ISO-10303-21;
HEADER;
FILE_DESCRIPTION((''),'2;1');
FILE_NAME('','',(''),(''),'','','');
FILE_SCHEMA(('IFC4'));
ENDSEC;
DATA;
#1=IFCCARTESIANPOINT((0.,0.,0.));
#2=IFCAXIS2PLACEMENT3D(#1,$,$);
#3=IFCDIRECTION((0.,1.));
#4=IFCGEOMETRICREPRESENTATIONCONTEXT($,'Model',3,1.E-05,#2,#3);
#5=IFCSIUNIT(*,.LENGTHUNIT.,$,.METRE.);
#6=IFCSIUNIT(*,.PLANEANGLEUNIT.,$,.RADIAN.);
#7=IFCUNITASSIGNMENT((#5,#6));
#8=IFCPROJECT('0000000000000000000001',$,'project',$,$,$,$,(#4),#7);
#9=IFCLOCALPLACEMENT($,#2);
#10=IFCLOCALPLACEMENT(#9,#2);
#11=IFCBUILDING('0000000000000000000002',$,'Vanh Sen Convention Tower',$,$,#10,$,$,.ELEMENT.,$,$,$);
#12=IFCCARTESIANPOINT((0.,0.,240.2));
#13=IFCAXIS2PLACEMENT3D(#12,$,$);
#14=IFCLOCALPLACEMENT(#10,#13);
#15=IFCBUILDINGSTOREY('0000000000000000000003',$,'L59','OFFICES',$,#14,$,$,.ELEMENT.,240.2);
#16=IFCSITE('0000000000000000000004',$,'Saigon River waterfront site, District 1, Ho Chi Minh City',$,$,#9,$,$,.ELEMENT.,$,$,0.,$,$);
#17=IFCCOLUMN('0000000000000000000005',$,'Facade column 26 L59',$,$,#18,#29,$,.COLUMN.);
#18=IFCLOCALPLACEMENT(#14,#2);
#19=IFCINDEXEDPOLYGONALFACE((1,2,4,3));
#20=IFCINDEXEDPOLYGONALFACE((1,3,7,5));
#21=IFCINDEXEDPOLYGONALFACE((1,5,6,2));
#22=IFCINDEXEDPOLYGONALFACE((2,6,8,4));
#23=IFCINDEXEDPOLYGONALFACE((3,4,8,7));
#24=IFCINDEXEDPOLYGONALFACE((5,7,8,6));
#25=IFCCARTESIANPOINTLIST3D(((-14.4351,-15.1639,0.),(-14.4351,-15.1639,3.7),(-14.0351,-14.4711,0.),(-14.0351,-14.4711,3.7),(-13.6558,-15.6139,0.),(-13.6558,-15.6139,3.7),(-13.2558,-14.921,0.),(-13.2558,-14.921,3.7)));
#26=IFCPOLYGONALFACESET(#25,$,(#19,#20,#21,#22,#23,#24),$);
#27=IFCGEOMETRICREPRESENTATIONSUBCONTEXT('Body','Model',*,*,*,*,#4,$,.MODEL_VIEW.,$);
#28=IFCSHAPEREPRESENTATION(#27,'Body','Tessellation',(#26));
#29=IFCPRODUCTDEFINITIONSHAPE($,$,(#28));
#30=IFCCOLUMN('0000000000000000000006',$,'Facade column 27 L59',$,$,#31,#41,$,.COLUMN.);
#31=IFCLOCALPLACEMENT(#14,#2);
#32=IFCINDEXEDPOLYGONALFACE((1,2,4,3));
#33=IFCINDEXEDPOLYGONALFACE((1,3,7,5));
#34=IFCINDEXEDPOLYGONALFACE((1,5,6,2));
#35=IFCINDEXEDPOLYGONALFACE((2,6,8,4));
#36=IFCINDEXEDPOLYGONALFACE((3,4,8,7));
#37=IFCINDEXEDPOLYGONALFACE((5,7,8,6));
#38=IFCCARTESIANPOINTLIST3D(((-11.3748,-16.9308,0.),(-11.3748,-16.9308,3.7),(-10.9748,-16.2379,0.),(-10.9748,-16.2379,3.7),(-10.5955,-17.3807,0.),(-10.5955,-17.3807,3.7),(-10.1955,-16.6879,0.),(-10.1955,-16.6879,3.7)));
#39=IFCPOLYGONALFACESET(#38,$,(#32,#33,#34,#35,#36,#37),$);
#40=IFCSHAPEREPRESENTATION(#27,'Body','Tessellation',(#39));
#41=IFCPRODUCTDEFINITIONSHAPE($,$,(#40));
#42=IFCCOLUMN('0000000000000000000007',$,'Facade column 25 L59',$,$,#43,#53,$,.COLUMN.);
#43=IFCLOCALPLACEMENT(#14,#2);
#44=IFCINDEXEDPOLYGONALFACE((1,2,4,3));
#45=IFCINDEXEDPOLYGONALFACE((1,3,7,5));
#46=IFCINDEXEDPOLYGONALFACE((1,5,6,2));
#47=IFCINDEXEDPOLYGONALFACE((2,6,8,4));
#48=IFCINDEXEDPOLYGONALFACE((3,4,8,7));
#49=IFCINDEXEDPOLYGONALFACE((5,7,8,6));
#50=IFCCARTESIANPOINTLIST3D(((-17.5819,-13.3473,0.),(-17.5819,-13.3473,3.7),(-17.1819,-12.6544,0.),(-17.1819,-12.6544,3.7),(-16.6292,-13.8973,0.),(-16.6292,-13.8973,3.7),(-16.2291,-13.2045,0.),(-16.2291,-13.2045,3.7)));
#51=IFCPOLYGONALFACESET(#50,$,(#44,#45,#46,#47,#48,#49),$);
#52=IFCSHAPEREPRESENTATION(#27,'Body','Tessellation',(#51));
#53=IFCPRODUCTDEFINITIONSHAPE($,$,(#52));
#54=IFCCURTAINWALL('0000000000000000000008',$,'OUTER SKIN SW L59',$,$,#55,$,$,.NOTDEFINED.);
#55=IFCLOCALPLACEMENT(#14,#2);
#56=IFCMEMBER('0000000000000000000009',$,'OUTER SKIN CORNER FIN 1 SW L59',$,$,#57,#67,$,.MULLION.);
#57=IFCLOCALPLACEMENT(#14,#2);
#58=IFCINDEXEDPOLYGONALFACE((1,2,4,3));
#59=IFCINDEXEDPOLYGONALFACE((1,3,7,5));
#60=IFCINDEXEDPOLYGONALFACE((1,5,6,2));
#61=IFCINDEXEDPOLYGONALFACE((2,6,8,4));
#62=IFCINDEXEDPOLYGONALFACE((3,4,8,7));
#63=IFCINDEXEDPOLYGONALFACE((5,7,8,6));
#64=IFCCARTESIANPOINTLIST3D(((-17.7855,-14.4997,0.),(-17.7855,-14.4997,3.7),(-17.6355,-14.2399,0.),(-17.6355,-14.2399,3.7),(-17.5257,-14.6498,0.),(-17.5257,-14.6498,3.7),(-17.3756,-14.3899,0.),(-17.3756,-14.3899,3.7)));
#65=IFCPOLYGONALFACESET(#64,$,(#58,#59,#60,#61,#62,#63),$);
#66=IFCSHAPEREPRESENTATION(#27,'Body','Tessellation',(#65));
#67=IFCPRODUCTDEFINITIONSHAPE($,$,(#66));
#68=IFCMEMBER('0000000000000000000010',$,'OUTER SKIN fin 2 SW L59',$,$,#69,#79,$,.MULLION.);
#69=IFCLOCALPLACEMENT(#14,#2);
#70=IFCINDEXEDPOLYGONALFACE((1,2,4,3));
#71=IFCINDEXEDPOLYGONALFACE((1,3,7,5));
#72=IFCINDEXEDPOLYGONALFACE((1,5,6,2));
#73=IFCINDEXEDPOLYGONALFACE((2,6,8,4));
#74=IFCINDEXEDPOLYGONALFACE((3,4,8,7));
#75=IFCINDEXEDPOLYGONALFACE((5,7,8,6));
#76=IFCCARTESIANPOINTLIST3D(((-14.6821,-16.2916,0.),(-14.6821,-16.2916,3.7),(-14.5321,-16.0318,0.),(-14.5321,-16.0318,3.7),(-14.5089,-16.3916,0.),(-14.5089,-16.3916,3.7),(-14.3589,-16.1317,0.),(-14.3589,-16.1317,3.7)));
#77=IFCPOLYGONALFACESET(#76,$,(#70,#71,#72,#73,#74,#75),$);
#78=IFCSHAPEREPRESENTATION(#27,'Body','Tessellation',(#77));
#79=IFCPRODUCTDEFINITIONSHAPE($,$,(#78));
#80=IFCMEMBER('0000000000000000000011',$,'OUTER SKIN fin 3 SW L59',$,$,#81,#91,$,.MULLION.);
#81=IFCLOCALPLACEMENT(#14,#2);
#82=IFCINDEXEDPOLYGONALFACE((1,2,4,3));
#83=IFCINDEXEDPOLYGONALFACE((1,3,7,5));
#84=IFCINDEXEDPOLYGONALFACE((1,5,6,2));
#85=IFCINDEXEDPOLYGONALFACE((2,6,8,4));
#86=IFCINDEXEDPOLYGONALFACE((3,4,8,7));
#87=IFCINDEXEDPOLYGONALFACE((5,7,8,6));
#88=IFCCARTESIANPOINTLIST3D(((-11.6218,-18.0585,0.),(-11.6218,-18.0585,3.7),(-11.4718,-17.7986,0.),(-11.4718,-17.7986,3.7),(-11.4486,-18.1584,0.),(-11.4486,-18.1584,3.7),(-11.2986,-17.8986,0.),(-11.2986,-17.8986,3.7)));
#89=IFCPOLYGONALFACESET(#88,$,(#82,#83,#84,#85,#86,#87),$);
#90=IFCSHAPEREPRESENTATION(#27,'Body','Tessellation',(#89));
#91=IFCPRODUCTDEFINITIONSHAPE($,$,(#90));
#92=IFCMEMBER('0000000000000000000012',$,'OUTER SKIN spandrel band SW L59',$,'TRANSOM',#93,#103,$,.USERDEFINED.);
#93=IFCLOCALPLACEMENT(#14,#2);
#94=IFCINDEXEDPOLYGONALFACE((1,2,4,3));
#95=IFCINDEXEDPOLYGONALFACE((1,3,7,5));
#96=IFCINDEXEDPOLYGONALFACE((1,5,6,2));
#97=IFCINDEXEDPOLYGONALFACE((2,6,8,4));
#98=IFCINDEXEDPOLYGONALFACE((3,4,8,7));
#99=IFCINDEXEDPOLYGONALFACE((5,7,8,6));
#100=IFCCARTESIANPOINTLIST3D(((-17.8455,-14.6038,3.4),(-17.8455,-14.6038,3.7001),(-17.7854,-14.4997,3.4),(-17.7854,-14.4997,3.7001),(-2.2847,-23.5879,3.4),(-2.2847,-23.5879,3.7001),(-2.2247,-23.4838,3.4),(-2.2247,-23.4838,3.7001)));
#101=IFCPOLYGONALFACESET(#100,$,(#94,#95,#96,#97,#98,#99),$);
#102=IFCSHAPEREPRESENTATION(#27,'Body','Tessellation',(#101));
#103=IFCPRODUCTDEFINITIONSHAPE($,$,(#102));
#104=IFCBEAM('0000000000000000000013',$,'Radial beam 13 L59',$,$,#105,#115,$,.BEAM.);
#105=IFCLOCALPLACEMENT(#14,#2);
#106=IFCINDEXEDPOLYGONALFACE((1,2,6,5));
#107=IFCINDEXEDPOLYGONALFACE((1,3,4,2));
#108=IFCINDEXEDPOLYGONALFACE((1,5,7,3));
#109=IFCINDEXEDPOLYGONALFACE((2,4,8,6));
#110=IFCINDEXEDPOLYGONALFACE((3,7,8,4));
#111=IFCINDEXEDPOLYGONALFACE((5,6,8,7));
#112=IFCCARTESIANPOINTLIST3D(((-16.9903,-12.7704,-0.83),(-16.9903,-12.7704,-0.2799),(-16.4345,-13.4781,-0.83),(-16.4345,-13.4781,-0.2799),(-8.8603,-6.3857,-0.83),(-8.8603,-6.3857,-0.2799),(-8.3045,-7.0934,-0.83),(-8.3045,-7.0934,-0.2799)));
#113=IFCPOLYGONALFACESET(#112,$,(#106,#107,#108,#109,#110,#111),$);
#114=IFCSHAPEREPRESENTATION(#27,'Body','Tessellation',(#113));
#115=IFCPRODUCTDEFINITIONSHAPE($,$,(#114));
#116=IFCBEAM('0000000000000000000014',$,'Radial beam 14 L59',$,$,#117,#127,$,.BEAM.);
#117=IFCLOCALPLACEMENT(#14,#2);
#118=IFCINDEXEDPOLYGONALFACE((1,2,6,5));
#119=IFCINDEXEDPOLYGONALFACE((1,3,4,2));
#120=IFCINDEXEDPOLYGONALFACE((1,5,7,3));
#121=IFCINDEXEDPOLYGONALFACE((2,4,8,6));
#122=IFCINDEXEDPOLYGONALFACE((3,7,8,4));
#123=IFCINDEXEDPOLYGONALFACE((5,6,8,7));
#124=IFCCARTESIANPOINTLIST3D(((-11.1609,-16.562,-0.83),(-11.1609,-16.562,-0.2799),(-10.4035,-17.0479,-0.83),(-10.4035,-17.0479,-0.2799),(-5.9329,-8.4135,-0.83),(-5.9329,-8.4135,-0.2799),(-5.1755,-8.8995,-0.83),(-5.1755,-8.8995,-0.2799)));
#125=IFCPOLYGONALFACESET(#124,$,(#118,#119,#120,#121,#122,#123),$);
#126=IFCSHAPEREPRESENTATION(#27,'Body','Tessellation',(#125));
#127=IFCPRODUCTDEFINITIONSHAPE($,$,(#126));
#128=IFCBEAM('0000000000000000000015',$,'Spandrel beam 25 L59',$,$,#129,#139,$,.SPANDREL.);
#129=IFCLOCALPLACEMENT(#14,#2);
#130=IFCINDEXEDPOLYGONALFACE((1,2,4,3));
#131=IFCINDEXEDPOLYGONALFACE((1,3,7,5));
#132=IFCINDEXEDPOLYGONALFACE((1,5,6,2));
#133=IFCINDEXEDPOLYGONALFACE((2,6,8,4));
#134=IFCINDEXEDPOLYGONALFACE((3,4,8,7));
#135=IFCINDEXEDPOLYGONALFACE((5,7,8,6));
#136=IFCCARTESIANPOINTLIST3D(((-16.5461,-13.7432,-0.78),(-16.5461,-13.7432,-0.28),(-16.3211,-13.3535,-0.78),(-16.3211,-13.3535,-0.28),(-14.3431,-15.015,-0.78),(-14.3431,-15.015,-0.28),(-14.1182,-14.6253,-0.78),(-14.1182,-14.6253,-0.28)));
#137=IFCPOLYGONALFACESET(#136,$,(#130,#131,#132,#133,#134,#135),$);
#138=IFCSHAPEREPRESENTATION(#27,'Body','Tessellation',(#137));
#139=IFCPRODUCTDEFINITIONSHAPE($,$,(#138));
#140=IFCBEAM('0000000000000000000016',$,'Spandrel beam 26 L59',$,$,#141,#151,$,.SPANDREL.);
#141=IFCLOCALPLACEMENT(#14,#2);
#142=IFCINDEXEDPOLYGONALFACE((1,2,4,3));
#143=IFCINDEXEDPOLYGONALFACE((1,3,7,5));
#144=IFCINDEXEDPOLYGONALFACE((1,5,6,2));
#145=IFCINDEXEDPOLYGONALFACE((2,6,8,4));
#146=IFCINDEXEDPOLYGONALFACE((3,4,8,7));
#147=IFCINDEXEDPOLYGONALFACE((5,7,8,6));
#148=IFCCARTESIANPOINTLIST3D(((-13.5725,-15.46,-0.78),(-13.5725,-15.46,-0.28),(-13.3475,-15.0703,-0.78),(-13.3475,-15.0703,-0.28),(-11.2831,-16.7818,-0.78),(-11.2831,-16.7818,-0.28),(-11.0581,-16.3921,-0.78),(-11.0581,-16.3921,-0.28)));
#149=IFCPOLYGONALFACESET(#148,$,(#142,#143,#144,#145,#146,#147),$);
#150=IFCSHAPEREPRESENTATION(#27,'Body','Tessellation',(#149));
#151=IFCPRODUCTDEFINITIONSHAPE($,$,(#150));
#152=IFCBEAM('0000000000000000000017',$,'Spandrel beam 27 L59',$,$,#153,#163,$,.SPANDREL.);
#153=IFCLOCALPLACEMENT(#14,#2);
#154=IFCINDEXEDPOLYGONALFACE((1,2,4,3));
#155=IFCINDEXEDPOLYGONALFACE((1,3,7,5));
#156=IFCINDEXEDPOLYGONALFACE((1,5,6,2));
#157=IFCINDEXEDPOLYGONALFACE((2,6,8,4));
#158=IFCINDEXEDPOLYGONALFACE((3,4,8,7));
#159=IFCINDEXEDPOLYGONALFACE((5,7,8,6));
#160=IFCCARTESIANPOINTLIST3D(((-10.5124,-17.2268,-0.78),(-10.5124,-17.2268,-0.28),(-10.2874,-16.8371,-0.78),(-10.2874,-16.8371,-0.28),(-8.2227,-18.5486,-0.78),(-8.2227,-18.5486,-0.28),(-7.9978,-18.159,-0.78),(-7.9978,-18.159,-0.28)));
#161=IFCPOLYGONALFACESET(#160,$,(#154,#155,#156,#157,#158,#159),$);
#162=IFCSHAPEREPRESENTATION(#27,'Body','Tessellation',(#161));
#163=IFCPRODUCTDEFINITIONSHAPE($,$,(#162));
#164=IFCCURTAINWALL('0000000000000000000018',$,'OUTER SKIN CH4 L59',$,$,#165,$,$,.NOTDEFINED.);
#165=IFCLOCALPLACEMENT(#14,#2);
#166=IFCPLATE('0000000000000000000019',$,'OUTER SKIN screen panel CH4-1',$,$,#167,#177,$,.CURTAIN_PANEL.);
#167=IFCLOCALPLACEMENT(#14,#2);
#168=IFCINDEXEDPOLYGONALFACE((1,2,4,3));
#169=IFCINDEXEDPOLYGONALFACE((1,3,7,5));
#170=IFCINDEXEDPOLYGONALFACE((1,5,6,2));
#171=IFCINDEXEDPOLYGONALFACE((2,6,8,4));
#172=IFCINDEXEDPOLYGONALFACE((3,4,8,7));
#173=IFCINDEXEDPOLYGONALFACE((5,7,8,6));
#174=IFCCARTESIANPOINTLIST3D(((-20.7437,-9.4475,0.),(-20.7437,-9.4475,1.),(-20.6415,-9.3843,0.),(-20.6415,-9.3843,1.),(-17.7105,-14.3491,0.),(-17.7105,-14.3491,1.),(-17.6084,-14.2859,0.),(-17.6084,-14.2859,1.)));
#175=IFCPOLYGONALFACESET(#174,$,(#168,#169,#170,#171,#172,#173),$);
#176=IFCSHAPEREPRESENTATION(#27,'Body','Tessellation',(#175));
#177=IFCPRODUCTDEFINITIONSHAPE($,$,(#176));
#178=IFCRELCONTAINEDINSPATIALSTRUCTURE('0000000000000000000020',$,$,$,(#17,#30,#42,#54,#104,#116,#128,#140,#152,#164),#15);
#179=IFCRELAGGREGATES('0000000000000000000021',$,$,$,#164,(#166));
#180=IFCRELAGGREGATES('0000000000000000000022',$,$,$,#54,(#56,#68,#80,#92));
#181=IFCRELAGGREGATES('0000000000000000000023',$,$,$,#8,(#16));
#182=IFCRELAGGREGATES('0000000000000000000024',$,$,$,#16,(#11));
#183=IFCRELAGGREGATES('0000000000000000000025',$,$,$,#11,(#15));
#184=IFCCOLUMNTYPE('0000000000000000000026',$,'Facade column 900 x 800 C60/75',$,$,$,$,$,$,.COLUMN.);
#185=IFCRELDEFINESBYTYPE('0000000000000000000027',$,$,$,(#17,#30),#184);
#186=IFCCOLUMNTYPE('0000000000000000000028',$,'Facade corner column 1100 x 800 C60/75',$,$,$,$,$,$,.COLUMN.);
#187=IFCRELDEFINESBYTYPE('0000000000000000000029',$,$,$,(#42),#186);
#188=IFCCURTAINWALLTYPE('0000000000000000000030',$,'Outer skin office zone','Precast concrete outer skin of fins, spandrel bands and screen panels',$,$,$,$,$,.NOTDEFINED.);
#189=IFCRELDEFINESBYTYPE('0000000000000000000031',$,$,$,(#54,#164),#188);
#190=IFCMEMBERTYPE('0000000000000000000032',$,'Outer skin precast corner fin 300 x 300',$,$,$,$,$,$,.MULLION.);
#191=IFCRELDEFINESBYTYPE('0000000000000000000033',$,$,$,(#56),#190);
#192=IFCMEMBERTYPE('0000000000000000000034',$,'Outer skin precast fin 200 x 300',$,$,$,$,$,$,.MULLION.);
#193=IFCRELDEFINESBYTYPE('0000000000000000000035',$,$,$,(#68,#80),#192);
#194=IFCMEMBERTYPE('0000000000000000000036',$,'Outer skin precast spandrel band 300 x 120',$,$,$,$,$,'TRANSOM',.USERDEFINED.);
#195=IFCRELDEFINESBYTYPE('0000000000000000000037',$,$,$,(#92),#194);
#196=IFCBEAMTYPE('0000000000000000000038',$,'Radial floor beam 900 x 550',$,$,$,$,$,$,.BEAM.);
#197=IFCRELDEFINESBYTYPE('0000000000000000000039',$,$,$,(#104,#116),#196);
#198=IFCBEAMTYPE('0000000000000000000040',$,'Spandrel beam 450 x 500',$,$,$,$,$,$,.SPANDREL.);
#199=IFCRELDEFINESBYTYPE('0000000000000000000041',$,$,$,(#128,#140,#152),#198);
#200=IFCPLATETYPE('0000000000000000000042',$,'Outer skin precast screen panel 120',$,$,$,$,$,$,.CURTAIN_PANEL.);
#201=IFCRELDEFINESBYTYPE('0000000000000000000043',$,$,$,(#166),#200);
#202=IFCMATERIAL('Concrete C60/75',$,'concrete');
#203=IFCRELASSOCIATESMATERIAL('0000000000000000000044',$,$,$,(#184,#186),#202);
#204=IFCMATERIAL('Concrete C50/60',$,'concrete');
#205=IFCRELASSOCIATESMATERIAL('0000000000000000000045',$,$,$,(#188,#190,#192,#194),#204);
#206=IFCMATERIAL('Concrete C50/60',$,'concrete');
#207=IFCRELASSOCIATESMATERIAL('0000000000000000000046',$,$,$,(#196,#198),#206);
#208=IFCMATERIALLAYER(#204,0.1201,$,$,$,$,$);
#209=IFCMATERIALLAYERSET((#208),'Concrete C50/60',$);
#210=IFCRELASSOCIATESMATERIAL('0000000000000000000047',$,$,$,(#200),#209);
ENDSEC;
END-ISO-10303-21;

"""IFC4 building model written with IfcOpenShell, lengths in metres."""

from ifc_helpers import new_model, si_unit, direction, frame, origin, origin_2d, place, context, subcontext, project, spatial, rectangle, extrude, material, layer, layer_set, material_profile, profile_set, type_object, element, aggregate, save


model = new_model("IFC4")

# Units and contexts
model_context = context("Model", 3, precision=1e-05, world=origin(), true_north=direction((0.0, 1.0)))
body_context = subcontext(model_context, "Body", "Model", "MODEL_VIEW")
ifc_project = project(units=[si_unit("LENGTHUNIT", "METRE"), si_unit("PLANEANGLEUNIT", "RADIAN")], contexts=[model_context])

# Site, building, storey
site_placement = place(None, origin())
site = spatial("IfcSite", under=ifc_project, at=site_placement, Name="Saigon River waterfront site, District 1, Ho Chi Minh City", CompositionType="ELEMENT", RefElevation=0.0)
building_placement = place(site_placement, origin())
building = spatial("IfcBuilding", under=site, at=building_placement, Name="Vanh Sen Convention Tower", CompositionType="ELEMENT")
storey_placement = place(building_placement, frame((0.0, 0.0, 240.2)))
storey = spatial("IfcBuildingStorey", under=building, at=storey_placement, Name="L59", Description="OFFICES", CompositionType="ELEMENT", Elevation=240.2)

# Columns
ifc_material_1 = material(Name="Concrete C60/75", Category="concrete")
ifc_material_profile_1 = material_profile(ifc_material_1, rectangle(XDim=0.8999, YDim=0.8, at=origin_2d()), Name="RC 900X800")
ifc_profile_set_1 = profile_set([ifc_material_profile_1], Name="Concrete C60/75")
column_type_1 = type_object("IfcColumnType", Name="Facade column 900 x 800 C60/75", PredefinedType="COLUMN", material=ifc_profile_set_1)
for number, where, z_axis, x_axis, name in (
    (1, (-13.8455, -15.0425, 0.0), (0.0, 0.0, 1.0), (0.866025, -0.5, 0.0), "Facade column 26 L59"),
    (2, (-10.7852, -16.8093, 0.0), (0.0, 0.0, 1.0), (0.866025, -0.5, 0.0), "Facade column 27 L59"),
):
    element("IfcColumn", number, at=place(storey_placement, frame(where, z_axis=z_axis, x_axis=x_axis)), inside=storey, type_object=column_type_1, Name=name, PredefinedType="COLUMN", context=body_context, shape_type="SweptSolid", body=[
        extrude(rectangle(XDim=0.8999, YDim=0.8, at=origin_2d()), origin(), (0.0, 0.0, 1.0), 3.7),
    ])
ifc_material_profile_2 = material_profile(ifc_material_1, rectangle(XDim=1.1001, YDim=0.8, at=origin_2d()), Name="RC 1100X800")
ifc_profile_set_2 = profile_set([ifc_material_profile_2], Name="Concrete C60/75")
column_type_2 = type_object("IfcColumnType", Name="Facade corner column 1100 x 800 C60/75", PredefinedType="COLUMN", material=ifc_profile_set_2)
column_placement = place(storey_placement, frame((-16.9055, -13.2759, 0.0), z_axis=(0.0, 0.0, 1.0), x_axis=(0.866025, -0.5, 0.0)))
element("IfcColumn", 3, at=column_placement, inside=storey, type_object=column_type_2, Name="Facade column 25 L59", PredefinedType="COLUMN", context=body_context, shape_type="SweptSolid", body=[
    extrude(rectangle(XDim=1.1001, YDim=0.8, at=origin_2d()), origin(), (0.0, 0.0, 1.0), 3.7),
])

# Curtain wall, members
ifc_material_2 = material(Name="Concrete C50/60", Category="concrete")
curtain_wall_type = type_object("IfcCurtainWallType", Name="Outer skin office zone", Description="Precast concrete outer skin of fins, spandrel bands and screen panels", PredefinedType="NOTDEFINED", material=ifc_material_2)
curtain_wall_1_placement = place(storey_placement, origin())
curtain_wall_1 = element("IfcCurtainWall", 4, at=curtain_wall_1_placement, inside=storey, type_object=curtain_wall_type, Name="OUTER SKIN SW L59", PredefinedType="NOTDEFINED")
ifc_material_profile_3 = material_profile(ifc_material_2, rectangle(XDim=0.3, YDim=0.3, at=origin_2d()), Name="Outer skin precast corner fin 300 x 300")
ifc_profile_set_3 = profile_set([ifc_material_profile_3], Name="Concrete C50/60")
member_type_1 = type_object("IfcMemberType", Name="Outer skin precast corner fin 300 x 300", PredefinedType="MULLION", material=ifc_profile_set_3)
member_1_placement = place(storey_placement, frame((-17.5806, -14.4448, 0.0), z_axis=(0.0, 0.0, 1.0), x_axis=(0.866025, -0.5, 0.0)))
member_1 = element("IfcMember", 5, at=member_1_placement, type_object=member_type_1, Name="OUTER SKIN CORNER FIN 1 SW L59", PredefinedType="MULLION", context=body_context, shape_type="SweptSolid", body=[
    extrude(rectangle(XDim=0.3, YDim=0.3, at=origin_2d()), origin(), (0.0, 0.0, 1.0), 3.7),
])
ifc_material_profile_4 = material_profile(ifc_material_2, rectangle(XDim=0.2, YDim=0.3, at=origin_2d()), Name="Outer skin precast fin 200 x 300")
ifc_profile_set_4 = profile_set([ifc_material_profile_4], Name="Concrete C50/60")
member_type_2 = type_object("IfcMemberType", Name="Outer skin precast fin 200 x 300", PredefinedType="MULLION", material=ifc_profile_set_4)
member_2_placement = place(storey_placement, frame((-14.5205, -16.2117, 0.0), z_axis=(0.0, 0.0, 1.0), x_axis=(0.866025, -0.5, 0.0)))
member_2 = element("IfcMember", 6, at=member_2_placement, type_object=member_type_2, Name="OUTER SKIN fin 2 SW L59", PredefinedType="MULLION", context=body_context, shape_type="SweptSolid", body=[
    extrude(rectangle(XDim=0.2, YDim=0.3, at=origin_2d()), origin(), (0.0, 0.0, 1.0), 3.7),
])
member_3_placement = place(storey_placement, frame((-11.4602, -17.9785, 0.0), z_axis=(0.0, 0.0, 1.0), x_axis=(0.866025, -0.5, 0.0)))
member_3 = element("IfcMember", 7, at=member_3_placement, type_object=member_type_2, Name="OUTER SKIN fin 3 SW L59", PredefinedType="MULLION", context=body_context, shape_type="SweptSolid", body=[
    extrude(rectangle(XDim=0.2, YDim=0.3, at=origin_2d()), origin(), (0.0, 0.0, 1.0), 3.7),
])
ifc_material_profile_5 = material_profile(ifc_material_2, rectangle(XDim=0.1201, YDim=0.3, at=origin_2d()), Name="Outer skin precast spandrel band 300 x 120")
ifc_profile_set_5 = profile_set([ifc_material_profile_5], Name="Concrete C50/60")
member_type_3 = type_object("IfcMemberType", Name="Outer skin precast spandrel band 300 x 120", ElementType="TRANSOM", PredefinedType="USERDEFINED", material=ifc_profile_set_5)
member_4_placement = place(storey_placement, frame((-17.8154, -14.5518, 3.55), z_axis=(0.866023, -0.500004, 0.0), x_axis=(0.500004, 0.866023, 0.0)))
member_4 = element("IfcMember", 8, at=member_4_placement, type_object=member_type_3, Name="OUTER SKIN spandrel band SW L59", ObjectType="TRANSOM", PredefinedType="USERDEFINED", context=body_context, shape_type="SweptSolid", body=[
    extrude(rectangle(XDim=0.1201, YDim=0.3, at=origin_2d()), origin(), (0.0, 0.0, 1.0), 17.968),
])

# Beams
ifc_material_3 = material(Name="Concrete C50/60", Category="concrete")
ifc_material_profile_6 = material_profile(ifc_material_3, rectangle(XDim=0.8999, YDim=0.55, at=origin_2d()), Name="RC 900X550")
ifc_profile_set_6 = profile_set([ifc_material_profile_6], Name="Concrete C50/60")
beam_type_1 = type_object("IfcBeamType", Name="Radial floor beam 900 x 550", PredefinedType="BEAM", material=ifc_profile_set_6)
beam_1_placement = place(storey_placement, frame((-16.7124, -13.1243, -0.5549), z_axis=(0.786468, 0.617631, 0.0), x_axis=(-0.617631, 0.786468, 0.0)))
element("IfcBeam", 9, at=beam_1_placement, inside=storey, type_object=beam_type_1, Name="Radial beam 13 L59", PredefinedType="BEAM", context=body_context, shape_type="SweptSolid", body=[
    extrude(rectangle(XDim=0.8999, YDim=0.55, at=origin_2d()), origin(), (0.0, 0.0, 1.0), 10.3374),
])
beam_2_placement = place(storey_placement, frame((-10.7822, -16.8049, -0.5549), z_axis=(0.540008, 0.84166, 0.0), x_axis=(-0.84166, 0.540008, 0.0)))
element("IfcBeam", 10, at=beam_2_placement, inside=storey, type_object=beam_type_1, Name="Radial beam 14 L59", PredefinedType="BEAM", context=body_context, shape_type="SweptSolid", body=[
    extrude(rectangle(XDim=0.8999, YDim=0.55, at=origin_2d()), origin(), (0.0, 0.0, 1.0), 9.6814),
])
ifc_material_profile_7 = material_profile(ifc_material_3, rectangle(XDim=0.45, YDim=0.5, at=origin_2d()), Name="RC 450X500")
ifc_profile_set_7 = profile_set([ifc_material_profile_7], Name="Concrete C50/60")
beam_type_2 = type_object("IfcBeamType", Name="Spandrel beam 450 x 500", PredefinedType="SPANDREL", material=ifc_profile_set_7)
beam_3_placement = place(storey_placement, frame((-16.4336, -13.5483, -0.53), z_axis=(0.866043, -0.499969, 0.0), x_axis=(0.499969, 0.866043, 0.0)))
element("IfcBeam", 11, at=beam_3_placement, inside=storey, type_object=beam_type_2, Name="Spandrel beam 25 L59", PredefinedType="SPANDREL", context=body_context, shape_type="SweptSolid", body=[
    extrude(rectangle(XDim=0.45, YDim=0.5, at=origin_2d()), origin(), (0.0, 0.0, 1.0), 2.5437),
])
beam_4_placement = place(storey_placement, frame((-13.46, -15.2651, -0.53), z_axis=(0.866018, -0.500013, 0.0), x_axis=(0.500013, 0.866018, 0.0)))
element("IfcBeam", 12, at=beam_4_placement, inside=storey, type_object=beam_type_2, Name="Spandrel beam 26 L59", PredefinedType="SPANDREL", context=body_context, shape_type="SweptSolid", body=[
    extrude(rectangle(XDim=0.45, YDim=0.5, at=origin_2d()), origin(), (0.0, 0.0, 1.0), 2.6436),
])
beam_5_placement = place(storey_placement, frame((-10.3999, -17.032, -0.53), z_axis=(0.866041, -0.499973, 0.0), x_axis=(0.499973, 0.866041, 0.0)))
element("IfcBeam", 13, at=beam_5_placement, inside=storey, type_object=beam_type_2, Name="Spandrel beam 27 L59", PredefinedType="SPANDREL", context=body_context, shape_type="SweptSolid", body=[
    extrude(rectangle(XDim=0.45, YDim=0.5, at=origin_2d()), origin(), (0.0, 0.0, 1.0), 2.6438),
])

# Curtain wall, plate
curtain_wall_2_placement = place(storey_placement, origin())
curtain_wall_2 = element("IfcCurtainWall", 14, at=curtain_wall_2_placement, inside=storey, type_object=curtain_wall_type, Name="OUTER SKIN CH4 L59", PredefinedType="NOTDEFINED")
ifc_layer_1 = layer(ifc_material_2, 0.1201)
ifc_layer_set_1 = layer_set([ifc_layer_1], Name="Concrete C50/60")
plate_type = type_object("IfcPlateType", Name="Outer skin precast screen panel 120", PredefinedType="CURTAIN_PANEL", material=ifc_layer_set_1)
plate_1_placement = place(storey_placement, frame((-19.176, -11.8667, 0.0), z_axis=(0.0, 0.0, 1.0), x_axis=(0.526215, -0.850351, 0.0)))
plate_1 = element("IfcPlate", 15, at=plate_1_placement, type_object=plate_type, Name="OUTER SKIN screen panel CH4-1", PredefinedType="CURTAIN_PANEL", context=body_context, shape_type="SweptSolid", body=[
    extrude(rectangle(XDim=5.7642, YDim=0.1201, at=origin_2d()), origin(), (0.0, 0.0, 1.0), 1.0),
])
aggregate(curtain_wall_2, [plate_1])

aggregate(curtain_wall_1, [member_1, member_2, member_3, member_4])

save(model, "model.ifc")
